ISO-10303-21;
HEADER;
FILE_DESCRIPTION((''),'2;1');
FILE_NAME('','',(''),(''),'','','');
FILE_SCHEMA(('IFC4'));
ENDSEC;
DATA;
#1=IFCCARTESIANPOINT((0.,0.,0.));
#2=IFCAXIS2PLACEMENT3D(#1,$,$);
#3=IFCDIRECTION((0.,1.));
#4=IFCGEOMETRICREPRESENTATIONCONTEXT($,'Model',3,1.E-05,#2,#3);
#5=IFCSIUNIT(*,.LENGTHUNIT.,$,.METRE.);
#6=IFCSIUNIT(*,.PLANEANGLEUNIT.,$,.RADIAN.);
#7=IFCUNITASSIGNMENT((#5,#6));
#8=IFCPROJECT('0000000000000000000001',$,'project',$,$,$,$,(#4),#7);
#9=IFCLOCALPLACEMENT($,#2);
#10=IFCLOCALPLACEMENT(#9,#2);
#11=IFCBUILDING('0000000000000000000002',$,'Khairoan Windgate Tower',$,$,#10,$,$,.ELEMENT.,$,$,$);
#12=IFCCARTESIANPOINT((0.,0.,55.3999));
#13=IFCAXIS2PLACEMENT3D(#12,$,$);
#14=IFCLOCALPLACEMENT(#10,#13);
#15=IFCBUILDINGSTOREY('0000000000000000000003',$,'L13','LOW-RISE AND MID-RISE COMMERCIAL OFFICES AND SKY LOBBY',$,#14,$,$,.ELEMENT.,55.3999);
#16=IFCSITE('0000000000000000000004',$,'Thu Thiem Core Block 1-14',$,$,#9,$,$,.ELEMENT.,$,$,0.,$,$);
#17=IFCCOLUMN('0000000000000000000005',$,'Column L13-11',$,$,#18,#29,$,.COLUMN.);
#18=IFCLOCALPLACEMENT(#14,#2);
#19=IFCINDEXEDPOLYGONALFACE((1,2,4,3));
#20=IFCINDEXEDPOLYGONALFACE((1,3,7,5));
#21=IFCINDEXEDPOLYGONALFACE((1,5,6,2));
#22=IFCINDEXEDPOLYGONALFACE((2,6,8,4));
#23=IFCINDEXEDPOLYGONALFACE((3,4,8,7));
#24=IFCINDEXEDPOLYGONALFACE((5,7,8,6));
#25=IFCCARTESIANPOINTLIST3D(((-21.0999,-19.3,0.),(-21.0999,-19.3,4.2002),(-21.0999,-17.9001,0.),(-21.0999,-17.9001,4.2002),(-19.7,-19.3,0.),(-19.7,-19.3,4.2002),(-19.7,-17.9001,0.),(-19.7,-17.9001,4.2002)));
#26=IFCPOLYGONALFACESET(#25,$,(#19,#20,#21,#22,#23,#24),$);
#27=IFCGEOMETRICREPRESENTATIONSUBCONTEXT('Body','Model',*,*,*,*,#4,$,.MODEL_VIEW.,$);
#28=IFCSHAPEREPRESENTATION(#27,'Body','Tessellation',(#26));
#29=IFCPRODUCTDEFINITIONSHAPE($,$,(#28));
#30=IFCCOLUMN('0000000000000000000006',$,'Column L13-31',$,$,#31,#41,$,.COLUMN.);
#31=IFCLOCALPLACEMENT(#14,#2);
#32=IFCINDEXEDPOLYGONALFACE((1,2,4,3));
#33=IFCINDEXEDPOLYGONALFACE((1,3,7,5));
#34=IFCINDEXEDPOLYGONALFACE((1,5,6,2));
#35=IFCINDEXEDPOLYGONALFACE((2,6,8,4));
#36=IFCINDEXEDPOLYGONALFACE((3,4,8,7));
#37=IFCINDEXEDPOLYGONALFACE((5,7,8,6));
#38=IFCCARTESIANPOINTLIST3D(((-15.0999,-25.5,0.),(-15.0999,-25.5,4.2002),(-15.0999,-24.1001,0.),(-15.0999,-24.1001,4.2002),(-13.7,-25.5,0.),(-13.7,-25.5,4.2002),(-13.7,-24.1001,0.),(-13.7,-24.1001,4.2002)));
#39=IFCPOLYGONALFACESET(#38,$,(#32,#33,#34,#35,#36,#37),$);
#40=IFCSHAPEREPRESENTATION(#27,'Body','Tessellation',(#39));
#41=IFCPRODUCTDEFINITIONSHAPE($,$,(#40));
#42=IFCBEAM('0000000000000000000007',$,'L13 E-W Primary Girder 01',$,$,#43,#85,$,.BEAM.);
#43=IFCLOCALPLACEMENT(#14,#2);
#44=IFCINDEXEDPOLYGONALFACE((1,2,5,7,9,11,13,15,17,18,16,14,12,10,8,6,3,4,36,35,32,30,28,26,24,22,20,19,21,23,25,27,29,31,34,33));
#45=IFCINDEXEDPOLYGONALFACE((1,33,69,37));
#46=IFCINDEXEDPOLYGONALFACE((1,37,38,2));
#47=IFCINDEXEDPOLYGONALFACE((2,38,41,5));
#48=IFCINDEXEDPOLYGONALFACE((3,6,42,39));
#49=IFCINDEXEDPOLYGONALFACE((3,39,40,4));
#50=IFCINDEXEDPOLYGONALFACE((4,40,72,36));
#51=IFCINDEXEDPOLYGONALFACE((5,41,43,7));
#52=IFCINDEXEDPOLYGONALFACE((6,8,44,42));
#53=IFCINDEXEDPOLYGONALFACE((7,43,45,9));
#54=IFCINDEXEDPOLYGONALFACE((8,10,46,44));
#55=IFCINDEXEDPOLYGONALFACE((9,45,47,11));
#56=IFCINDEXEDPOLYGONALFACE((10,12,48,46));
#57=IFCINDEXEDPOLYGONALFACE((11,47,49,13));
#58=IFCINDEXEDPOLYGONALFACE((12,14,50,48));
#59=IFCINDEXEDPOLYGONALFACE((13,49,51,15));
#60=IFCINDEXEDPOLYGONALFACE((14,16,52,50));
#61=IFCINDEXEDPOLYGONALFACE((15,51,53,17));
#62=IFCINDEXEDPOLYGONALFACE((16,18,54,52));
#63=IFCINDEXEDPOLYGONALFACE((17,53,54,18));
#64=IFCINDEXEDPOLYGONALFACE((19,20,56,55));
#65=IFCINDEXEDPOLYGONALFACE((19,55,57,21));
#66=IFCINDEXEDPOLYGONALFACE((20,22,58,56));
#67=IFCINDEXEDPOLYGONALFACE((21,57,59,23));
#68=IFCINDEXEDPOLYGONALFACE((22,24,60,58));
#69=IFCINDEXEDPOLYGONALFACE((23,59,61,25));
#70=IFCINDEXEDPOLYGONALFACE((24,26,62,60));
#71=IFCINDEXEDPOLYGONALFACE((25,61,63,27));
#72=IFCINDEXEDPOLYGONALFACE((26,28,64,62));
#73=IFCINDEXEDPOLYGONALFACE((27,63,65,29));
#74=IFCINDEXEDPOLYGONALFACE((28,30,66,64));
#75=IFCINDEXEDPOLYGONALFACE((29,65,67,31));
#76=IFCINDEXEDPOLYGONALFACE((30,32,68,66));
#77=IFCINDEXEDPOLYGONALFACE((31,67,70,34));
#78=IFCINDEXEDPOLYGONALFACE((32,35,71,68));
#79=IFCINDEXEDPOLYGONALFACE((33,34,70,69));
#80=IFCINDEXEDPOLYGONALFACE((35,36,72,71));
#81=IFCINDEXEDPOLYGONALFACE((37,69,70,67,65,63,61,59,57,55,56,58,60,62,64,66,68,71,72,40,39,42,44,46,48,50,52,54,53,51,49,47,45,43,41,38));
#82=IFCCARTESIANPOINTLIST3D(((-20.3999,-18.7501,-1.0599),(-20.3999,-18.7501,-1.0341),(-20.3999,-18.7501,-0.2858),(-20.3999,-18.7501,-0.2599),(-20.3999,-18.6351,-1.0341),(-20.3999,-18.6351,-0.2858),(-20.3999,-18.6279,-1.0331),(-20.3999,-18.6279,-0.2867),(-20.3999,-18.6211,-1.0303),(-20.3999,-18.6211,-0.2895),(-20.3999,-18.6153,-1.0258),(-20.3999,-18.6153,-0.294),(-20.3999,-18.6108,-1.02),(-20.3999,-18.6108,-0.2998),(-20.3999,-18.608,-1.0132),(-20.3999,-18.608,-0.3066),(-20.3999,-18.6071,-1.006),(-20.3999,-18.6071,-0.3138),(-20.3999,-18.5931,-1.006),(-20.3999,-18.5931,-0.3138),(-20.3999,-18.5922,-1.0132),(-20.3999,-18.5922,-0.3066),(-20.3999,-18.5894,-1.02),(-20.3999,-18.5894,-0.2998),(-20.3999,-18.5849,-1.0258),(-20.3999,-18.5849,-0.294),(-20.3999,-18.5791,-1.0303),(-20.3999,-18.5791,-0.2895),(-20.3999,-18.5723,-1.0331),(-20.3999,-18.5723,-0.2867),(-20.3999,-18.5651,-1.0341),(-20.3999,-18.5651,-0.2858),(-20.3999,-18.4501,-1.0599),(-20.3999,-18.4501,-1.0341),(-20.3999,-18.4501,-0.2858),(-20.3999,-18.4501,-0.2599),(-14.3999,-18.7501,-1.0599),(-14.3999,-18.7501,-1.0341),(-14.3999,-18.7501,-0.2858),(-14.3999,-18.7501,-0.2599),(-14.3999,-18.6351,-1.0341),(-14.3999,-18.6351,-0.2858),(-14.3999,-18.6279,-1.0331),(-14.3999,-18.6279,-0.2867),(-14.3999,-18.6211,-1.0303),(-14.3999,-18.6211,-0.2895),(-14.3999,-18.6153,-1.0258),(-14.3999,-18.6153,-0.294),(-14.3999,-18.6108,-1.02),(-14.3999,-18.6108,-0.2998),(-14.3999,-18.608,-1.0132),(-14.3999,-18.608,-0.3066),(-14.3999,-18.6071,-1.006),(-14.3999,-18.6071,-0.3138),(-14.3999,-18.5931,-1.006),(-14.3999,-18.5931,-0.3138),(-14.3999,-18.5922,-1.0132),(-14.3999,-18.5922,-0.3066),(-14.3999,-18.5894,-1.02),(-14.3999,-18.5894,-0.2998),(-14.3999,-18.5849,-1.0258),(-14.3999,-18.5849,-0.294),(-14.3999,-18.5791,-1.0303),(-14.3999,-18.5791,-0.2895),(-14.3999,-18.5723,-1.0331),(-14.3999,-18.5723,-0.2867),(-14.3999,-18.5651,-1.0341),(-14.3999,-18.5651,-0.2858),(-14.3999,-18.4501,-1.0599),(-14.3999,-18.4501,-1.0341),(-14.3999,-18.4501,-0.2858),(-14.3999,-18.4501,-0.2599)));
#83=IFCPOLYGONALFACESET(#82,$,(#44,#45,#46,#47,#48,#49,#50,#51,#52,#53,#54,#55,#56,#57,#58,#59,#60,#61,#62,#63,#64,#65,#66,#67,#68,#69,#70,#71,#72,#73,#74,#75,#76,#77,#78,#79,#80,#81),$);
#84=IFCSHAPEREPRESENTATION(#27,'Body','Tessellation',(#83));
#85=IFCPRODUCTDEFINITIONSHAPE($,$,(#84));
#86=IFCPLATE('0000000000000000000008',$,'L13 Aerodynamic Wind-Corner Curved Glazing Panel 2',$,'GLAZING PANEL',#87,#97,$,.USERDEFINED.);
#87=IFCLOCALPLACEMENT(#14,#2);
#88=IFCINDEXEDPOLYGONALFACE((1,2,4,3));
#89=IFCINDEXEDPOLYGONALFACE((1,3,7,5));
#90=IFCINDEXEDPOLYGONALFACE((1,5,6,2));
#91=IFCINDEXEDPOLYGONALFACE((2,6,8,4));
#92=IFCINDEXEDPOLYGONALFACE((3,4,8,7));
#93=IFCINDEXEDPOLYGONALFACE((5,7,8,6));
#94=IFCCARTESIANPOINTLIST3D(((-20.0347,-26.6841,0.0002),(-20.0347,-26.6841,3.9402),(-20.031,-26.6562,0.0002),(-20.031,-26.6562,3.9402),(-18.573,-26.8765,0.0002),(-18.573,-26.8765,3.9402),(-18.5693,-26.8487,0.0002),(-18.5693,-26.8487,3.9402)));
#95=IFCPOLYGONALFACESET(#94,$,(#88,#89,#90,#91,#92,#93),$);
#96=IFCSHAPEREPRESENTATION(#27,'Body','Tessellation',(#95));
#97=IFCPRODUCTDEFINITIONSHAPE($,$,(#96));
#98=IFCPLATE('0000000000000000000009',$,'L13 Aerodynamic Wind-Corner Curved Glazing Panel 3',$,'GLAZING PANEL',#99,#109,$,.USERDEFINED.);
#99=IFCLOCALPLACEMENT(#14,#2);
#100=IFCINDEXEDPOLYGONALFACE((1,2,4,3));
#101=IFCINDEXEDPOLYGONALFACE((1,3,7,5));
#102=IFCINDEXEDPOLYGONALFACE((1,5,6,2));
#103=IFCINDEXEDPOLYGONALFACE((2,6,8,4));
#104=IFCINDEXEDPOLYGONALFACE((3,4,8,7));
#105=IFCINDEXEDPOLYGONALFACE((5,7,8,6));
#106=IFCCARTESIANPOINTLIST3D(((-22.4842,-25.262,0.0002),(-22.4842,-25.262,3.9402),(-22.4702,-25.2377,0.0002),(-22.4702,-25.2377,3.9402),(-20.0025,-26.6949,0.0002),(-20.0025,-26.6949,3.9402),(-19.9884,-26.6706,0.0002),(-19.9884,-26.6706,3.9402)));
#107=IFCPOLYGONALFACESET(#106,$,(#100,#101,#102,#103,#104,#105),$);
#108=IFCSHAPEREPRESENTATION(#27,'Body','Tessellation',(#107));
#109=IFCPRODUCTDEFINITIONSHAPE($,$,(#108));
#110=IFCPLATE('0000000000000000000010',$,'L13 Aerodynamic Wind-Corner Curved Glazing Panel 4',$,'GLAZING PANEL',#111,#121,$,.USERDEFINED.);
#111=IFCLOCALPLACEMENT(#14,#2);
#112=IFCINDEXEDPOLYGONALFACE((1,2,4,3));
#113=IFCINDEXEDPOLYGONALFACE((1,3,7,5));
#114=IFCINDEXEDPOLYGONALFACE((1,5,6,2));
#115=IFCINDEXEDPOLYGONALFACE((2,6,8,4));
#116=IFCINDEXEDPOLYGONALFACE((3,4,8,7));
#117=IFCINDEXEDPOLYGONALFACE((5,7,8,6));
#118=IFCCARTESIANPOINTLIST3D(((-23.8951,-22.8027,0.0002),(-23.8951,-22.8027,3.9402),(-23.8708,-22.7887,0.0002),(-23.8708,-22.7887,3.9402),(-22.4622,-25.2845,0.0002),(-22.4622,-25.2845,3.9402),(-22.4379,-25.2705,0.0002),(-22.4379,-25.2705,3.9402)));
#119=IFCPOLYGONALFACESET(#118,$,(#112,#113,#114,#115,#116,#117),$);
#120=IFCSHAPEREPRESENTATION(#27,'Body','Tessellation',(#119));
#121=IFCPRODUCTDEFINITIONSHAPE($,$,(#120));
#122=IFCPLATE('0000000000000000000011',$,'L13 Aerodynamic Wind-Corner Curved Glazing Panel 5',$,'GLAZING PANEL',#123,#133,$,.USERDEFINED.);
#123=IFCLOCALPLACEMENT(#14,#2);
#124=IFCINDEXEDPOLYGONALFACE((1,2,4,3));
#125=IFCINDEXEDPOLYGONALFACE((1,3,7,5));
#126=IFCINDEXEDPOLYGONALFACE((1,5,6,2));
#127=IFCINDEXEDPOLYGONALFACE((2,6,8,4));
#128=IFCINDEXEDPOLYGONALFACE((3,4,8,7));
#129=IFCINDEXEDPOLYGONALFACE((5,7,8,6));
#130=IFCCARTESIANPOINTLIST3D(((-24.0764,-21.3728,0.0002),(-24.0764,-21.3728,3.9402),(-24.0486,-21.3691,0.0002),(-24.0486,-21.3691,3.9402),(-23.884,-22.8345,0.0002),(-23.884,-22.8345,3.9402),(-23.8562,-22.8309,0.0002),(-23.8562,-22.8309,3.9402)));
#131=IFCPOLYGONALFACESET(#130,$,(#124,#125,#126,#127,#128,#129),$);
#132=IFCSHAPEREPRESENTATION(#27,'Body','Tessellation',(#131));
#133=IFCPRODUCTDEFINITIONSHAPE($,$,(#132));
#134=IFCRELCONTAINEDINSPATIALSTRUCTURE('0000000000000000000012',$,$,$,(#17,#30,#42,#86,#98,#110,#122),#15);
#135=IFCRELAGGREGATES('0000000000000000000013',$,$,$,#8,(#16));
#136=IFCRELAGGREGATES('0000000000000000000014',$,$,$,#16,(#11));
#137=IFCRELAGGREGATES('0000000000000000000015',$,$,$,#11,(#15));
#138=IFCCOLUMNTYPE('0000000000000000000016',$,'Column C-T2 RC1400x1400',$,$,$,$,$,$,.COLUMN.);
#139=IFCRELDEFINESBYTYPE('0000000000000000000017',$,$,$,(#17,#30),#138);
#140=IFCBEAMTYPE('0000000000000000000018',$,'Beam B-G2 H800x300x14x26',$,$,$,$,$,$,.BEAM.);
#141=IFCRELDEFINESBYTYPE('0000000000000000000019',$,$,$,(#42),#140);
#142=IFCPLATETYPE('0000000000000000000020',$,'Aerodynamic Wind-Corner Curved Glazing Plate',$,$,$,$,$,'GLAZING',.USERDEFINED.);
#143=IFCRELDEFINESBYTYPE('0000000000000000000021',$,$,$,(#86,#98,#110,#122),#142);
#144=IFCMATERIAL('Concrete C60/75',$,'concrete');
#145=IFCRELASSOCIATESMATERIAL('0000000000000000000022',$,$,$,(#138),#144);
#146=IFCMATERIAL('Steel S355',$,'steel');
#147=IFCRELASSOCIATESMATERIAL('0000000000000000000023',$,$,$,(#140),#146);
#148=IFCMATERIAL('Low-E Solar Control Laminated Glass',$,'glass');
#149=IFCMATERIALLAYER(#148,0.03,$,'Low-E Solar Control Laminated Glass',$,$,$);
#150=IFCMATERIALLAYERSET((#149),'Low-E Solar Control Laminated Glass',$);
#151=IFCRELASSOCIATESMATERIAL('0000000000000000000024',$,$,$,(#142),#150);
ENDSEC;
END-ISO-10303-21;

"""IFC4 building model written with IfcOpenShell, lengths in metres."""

from ifc_helpers import new_model, si_unit, direction, frame, origin, origin_2d, place, context, subcontext, project, spatial, rectangle, i_section, extrude, material, layer, layer_set, material_profile, profile_set, type_object, element, save


model = new_model("IFC4")

# Units and contexts
model_context = context("Model", 3, precision=1e-05, world=origin(), true_north=direction((0.0, 1.0)))
body_context = subcontext(model_context, "Body", "Model", "MODEL_VIEW")
ifc_project = project(units=[si_unit("LENGTHUNIT", "METRE"), si_unit("PLANEANGLEUNIT", "RADIAN")], contexts=[model_context])

# Site, building, storey
site_placement = place(None, origin())
site = spatial("IfcSite", under=ifc_project, at=site_placement, Name="Thu Thiem Core Block 1-14", CompositionType="ELEMENT", RefElevation=0.0)
building_placement = place(site_placement, origin())
building = spatial("IfcBuilding", under=site, at=building_placement, Name="Khairoan Windgate Tower", CompositionType="ELEMENT")
storey_placement = place(building_placement, frame((0.0, 0.0, 55.3999)))
storey = spatial("IfcBuildingStorey", under=building, at=storey_placement, Name="L13", Description="LOW-RISE AND MID-RISE COMMERCIAL OFFICES AND SKY LOBBY", CompositionType="ELEMENT", Elevation=55.3999)

# Columns
ifc_material_1 = material(Name="Concrete C60/75", Category="concrete")
ifc_material_profile_1 = material_profile(ifc_material_1, rectangle(XDim=1.3999, YDim=1.3999, at=origin_2d()))
ifc_profile_set_1 = profile_set([ifc_material_profile_1], Name="Concrete C60/75")
column_type = type_object("IfcColumnType", Name="Column C-T2 RC1400x1400", PredefinedType="COLUMN", material=ifc_profile_set_1)
for number, where, z_axis, x_axis, name in (
    (1, (-20.3999, -18.6001, 0.0), (0.0, 0.0, 1.0), (1.0, 0.0, 0.0), "Column L13-11"),
    (2, (-14.3999, -24.8, 0.0), (0.0, 0.0, 1.0), (1.0, 0.0, 0.0), "Column L13-31"),
):
    element("IfcColumn", number, at=place(storey_placement, frame(where, z_axis=z_axis, x_axis=x_axis)), inside=storey, type_object=column_type, Name=name, PredefinedType="COLUMN", context=body_context, shape_type="SweptSolid", body=[
        extrude(rectangle(XDim=1.3999, YDim=1.3999, at=origin_2d()), origin(), (0.0, 0.0, 1.0), 4.2002),
    ])

# Beam
ifc_material_2 = material(Name="Steel S355", Category="steel")
ifc_material_profile_2 = material_profile(ifc_material_2, i_section(OverallWidth=0.3, OverallDepth=0.8, WebThickness=0.0139, FlangeThickness=0.0259, FilletRadius=0.0281, at=origin_2d()))
ifc_profile_set_2 = profile_set([ifc_material_profile_2], Name="Steel S355")
beam_type = type_object("IfcBeamType", Name="Beam B-G2 H800x300x14x26", PredefinedType="BEAM", material=ifc_profile_set_2)
beam_placement = place(storey_placement, frame((-20.3999, -18.6001, -0.6599), z_axis=(1.0, 0.0, 0.0), x_axis=(0.0, 1.0, 0.0)))
element("IfcBeam", 3, at=beam_placement, inside=storey, type_object=beam_type, Name="L13 E-W Primary Girder 01", PredefinedType="BEAM", context=body_context, shape_type="SweptSolid", body=[
    extrude(i_section(OverallWidth=0.3, OverallDepth=0.8, WebThickness=0.0139, FlangeThickness=0.0259, FilletRadius=0.0281, at=origin_2d()), origin(), (0.0, 0.0, 1.0), 6.0),
])

# Plates
ifc_material_3 = material(Name="Low-E Solar Control Laminated Glass", Category="glass")
ifc_layer_1 = layer(ifc_material_3, 0.03, Name="Low-E Solar Control Laminated Glass")
ifc_layer_set_1 = layer_set([ifc_layer_1], Name="Low-E Solar Control Laminated Glass")
plate_type_1 = type_object("IfcPlateType", Name="Aerodynamic Wind-Corner Curved Glazing Plate", ElementType="GLAZING", PredefinedType="USERDEFINED", material=ifc_layer_set_1)
plate_1_placement = place(storey_placement, frame((-19.302, -26.7664, 0.0002), z_axis=(0.0, 0.0, 1.0), x_axis=(-0.991445, 0.130526, 0.0)))
element("IfcPlate", 4, at=plate_1_placement, inside=storey, type_object=plate_type_1, Name="L13 Aerodynamic Wind-Corner Curved Glazing Panel 2", ObjectType="GLAZING PANEL", PredefinedType="USERDEFINED", context=body_context, shape_type="SweptSolid", body=[
    extrude(rectangle(XDim=1.4744, YDim=0.0281, at=origin_2d()), origin(), (0.0, 0.0, 1.0), 3.9399),
])
for number, where, z_axis, x_axis, name in (
    (5, (-21.2363, -25.9663, 0.0002), (0.0, 0.0, 1.0), (-0.866025, 0.5, 0.0), "L13 Aerodynamic Wind-Corner Curved Glazing Panel 3"),
    (6, (-23.1665, -24.0366, 0.0002), (0.0, 0.0, 1.0), (-0.5, 0.866025, 0.0), "L13 Aerodynamic Wind-Corner Curved Glazing Panel 4"),
):
    element("IfcPlate", number, at=place(storey_placement, frame(where, z_axis=z_axis, x_axis=x_axis)), inside=storey, type_object=plate_type_1, Name=name, ObjectType="GLAZING PANEL", PredefinedType="USERDEFINED", context=body_context, shape_type="SweptSolid", body=[
        extrude(rectangle(XDim=2.8657, YDim=0.0281, at=origin_2d()), origin(), (0.0, 0.0, 1.0), 3.9399),
    ])
plate_2_placement = place(storey_placement, frame((-23.9663, -22.1018, 0.0002), z_axis=(0.0, 0.0, 1.0), x_axis=(-0.130526, 0.991445, 0.0)))
element("IfcPlate", 7, at=plate_2_placement, inside=storey, type_object=plate_type_1, Name="L13 Aerodynamic Wind-Corner Curved Glazing Panel 5", ObjectType="GLAZING PANEL", PredefinedType="USERDEFINED", context=body_context, shape_type="SweptSolid", body=[
    extrude(rectangle(XDim=1.4744, YDim=0.0281, at=origin_2d()), origin(), (0.0, 0.0, 1.0), 3.9399),
])

save(model, "model.ifc")
